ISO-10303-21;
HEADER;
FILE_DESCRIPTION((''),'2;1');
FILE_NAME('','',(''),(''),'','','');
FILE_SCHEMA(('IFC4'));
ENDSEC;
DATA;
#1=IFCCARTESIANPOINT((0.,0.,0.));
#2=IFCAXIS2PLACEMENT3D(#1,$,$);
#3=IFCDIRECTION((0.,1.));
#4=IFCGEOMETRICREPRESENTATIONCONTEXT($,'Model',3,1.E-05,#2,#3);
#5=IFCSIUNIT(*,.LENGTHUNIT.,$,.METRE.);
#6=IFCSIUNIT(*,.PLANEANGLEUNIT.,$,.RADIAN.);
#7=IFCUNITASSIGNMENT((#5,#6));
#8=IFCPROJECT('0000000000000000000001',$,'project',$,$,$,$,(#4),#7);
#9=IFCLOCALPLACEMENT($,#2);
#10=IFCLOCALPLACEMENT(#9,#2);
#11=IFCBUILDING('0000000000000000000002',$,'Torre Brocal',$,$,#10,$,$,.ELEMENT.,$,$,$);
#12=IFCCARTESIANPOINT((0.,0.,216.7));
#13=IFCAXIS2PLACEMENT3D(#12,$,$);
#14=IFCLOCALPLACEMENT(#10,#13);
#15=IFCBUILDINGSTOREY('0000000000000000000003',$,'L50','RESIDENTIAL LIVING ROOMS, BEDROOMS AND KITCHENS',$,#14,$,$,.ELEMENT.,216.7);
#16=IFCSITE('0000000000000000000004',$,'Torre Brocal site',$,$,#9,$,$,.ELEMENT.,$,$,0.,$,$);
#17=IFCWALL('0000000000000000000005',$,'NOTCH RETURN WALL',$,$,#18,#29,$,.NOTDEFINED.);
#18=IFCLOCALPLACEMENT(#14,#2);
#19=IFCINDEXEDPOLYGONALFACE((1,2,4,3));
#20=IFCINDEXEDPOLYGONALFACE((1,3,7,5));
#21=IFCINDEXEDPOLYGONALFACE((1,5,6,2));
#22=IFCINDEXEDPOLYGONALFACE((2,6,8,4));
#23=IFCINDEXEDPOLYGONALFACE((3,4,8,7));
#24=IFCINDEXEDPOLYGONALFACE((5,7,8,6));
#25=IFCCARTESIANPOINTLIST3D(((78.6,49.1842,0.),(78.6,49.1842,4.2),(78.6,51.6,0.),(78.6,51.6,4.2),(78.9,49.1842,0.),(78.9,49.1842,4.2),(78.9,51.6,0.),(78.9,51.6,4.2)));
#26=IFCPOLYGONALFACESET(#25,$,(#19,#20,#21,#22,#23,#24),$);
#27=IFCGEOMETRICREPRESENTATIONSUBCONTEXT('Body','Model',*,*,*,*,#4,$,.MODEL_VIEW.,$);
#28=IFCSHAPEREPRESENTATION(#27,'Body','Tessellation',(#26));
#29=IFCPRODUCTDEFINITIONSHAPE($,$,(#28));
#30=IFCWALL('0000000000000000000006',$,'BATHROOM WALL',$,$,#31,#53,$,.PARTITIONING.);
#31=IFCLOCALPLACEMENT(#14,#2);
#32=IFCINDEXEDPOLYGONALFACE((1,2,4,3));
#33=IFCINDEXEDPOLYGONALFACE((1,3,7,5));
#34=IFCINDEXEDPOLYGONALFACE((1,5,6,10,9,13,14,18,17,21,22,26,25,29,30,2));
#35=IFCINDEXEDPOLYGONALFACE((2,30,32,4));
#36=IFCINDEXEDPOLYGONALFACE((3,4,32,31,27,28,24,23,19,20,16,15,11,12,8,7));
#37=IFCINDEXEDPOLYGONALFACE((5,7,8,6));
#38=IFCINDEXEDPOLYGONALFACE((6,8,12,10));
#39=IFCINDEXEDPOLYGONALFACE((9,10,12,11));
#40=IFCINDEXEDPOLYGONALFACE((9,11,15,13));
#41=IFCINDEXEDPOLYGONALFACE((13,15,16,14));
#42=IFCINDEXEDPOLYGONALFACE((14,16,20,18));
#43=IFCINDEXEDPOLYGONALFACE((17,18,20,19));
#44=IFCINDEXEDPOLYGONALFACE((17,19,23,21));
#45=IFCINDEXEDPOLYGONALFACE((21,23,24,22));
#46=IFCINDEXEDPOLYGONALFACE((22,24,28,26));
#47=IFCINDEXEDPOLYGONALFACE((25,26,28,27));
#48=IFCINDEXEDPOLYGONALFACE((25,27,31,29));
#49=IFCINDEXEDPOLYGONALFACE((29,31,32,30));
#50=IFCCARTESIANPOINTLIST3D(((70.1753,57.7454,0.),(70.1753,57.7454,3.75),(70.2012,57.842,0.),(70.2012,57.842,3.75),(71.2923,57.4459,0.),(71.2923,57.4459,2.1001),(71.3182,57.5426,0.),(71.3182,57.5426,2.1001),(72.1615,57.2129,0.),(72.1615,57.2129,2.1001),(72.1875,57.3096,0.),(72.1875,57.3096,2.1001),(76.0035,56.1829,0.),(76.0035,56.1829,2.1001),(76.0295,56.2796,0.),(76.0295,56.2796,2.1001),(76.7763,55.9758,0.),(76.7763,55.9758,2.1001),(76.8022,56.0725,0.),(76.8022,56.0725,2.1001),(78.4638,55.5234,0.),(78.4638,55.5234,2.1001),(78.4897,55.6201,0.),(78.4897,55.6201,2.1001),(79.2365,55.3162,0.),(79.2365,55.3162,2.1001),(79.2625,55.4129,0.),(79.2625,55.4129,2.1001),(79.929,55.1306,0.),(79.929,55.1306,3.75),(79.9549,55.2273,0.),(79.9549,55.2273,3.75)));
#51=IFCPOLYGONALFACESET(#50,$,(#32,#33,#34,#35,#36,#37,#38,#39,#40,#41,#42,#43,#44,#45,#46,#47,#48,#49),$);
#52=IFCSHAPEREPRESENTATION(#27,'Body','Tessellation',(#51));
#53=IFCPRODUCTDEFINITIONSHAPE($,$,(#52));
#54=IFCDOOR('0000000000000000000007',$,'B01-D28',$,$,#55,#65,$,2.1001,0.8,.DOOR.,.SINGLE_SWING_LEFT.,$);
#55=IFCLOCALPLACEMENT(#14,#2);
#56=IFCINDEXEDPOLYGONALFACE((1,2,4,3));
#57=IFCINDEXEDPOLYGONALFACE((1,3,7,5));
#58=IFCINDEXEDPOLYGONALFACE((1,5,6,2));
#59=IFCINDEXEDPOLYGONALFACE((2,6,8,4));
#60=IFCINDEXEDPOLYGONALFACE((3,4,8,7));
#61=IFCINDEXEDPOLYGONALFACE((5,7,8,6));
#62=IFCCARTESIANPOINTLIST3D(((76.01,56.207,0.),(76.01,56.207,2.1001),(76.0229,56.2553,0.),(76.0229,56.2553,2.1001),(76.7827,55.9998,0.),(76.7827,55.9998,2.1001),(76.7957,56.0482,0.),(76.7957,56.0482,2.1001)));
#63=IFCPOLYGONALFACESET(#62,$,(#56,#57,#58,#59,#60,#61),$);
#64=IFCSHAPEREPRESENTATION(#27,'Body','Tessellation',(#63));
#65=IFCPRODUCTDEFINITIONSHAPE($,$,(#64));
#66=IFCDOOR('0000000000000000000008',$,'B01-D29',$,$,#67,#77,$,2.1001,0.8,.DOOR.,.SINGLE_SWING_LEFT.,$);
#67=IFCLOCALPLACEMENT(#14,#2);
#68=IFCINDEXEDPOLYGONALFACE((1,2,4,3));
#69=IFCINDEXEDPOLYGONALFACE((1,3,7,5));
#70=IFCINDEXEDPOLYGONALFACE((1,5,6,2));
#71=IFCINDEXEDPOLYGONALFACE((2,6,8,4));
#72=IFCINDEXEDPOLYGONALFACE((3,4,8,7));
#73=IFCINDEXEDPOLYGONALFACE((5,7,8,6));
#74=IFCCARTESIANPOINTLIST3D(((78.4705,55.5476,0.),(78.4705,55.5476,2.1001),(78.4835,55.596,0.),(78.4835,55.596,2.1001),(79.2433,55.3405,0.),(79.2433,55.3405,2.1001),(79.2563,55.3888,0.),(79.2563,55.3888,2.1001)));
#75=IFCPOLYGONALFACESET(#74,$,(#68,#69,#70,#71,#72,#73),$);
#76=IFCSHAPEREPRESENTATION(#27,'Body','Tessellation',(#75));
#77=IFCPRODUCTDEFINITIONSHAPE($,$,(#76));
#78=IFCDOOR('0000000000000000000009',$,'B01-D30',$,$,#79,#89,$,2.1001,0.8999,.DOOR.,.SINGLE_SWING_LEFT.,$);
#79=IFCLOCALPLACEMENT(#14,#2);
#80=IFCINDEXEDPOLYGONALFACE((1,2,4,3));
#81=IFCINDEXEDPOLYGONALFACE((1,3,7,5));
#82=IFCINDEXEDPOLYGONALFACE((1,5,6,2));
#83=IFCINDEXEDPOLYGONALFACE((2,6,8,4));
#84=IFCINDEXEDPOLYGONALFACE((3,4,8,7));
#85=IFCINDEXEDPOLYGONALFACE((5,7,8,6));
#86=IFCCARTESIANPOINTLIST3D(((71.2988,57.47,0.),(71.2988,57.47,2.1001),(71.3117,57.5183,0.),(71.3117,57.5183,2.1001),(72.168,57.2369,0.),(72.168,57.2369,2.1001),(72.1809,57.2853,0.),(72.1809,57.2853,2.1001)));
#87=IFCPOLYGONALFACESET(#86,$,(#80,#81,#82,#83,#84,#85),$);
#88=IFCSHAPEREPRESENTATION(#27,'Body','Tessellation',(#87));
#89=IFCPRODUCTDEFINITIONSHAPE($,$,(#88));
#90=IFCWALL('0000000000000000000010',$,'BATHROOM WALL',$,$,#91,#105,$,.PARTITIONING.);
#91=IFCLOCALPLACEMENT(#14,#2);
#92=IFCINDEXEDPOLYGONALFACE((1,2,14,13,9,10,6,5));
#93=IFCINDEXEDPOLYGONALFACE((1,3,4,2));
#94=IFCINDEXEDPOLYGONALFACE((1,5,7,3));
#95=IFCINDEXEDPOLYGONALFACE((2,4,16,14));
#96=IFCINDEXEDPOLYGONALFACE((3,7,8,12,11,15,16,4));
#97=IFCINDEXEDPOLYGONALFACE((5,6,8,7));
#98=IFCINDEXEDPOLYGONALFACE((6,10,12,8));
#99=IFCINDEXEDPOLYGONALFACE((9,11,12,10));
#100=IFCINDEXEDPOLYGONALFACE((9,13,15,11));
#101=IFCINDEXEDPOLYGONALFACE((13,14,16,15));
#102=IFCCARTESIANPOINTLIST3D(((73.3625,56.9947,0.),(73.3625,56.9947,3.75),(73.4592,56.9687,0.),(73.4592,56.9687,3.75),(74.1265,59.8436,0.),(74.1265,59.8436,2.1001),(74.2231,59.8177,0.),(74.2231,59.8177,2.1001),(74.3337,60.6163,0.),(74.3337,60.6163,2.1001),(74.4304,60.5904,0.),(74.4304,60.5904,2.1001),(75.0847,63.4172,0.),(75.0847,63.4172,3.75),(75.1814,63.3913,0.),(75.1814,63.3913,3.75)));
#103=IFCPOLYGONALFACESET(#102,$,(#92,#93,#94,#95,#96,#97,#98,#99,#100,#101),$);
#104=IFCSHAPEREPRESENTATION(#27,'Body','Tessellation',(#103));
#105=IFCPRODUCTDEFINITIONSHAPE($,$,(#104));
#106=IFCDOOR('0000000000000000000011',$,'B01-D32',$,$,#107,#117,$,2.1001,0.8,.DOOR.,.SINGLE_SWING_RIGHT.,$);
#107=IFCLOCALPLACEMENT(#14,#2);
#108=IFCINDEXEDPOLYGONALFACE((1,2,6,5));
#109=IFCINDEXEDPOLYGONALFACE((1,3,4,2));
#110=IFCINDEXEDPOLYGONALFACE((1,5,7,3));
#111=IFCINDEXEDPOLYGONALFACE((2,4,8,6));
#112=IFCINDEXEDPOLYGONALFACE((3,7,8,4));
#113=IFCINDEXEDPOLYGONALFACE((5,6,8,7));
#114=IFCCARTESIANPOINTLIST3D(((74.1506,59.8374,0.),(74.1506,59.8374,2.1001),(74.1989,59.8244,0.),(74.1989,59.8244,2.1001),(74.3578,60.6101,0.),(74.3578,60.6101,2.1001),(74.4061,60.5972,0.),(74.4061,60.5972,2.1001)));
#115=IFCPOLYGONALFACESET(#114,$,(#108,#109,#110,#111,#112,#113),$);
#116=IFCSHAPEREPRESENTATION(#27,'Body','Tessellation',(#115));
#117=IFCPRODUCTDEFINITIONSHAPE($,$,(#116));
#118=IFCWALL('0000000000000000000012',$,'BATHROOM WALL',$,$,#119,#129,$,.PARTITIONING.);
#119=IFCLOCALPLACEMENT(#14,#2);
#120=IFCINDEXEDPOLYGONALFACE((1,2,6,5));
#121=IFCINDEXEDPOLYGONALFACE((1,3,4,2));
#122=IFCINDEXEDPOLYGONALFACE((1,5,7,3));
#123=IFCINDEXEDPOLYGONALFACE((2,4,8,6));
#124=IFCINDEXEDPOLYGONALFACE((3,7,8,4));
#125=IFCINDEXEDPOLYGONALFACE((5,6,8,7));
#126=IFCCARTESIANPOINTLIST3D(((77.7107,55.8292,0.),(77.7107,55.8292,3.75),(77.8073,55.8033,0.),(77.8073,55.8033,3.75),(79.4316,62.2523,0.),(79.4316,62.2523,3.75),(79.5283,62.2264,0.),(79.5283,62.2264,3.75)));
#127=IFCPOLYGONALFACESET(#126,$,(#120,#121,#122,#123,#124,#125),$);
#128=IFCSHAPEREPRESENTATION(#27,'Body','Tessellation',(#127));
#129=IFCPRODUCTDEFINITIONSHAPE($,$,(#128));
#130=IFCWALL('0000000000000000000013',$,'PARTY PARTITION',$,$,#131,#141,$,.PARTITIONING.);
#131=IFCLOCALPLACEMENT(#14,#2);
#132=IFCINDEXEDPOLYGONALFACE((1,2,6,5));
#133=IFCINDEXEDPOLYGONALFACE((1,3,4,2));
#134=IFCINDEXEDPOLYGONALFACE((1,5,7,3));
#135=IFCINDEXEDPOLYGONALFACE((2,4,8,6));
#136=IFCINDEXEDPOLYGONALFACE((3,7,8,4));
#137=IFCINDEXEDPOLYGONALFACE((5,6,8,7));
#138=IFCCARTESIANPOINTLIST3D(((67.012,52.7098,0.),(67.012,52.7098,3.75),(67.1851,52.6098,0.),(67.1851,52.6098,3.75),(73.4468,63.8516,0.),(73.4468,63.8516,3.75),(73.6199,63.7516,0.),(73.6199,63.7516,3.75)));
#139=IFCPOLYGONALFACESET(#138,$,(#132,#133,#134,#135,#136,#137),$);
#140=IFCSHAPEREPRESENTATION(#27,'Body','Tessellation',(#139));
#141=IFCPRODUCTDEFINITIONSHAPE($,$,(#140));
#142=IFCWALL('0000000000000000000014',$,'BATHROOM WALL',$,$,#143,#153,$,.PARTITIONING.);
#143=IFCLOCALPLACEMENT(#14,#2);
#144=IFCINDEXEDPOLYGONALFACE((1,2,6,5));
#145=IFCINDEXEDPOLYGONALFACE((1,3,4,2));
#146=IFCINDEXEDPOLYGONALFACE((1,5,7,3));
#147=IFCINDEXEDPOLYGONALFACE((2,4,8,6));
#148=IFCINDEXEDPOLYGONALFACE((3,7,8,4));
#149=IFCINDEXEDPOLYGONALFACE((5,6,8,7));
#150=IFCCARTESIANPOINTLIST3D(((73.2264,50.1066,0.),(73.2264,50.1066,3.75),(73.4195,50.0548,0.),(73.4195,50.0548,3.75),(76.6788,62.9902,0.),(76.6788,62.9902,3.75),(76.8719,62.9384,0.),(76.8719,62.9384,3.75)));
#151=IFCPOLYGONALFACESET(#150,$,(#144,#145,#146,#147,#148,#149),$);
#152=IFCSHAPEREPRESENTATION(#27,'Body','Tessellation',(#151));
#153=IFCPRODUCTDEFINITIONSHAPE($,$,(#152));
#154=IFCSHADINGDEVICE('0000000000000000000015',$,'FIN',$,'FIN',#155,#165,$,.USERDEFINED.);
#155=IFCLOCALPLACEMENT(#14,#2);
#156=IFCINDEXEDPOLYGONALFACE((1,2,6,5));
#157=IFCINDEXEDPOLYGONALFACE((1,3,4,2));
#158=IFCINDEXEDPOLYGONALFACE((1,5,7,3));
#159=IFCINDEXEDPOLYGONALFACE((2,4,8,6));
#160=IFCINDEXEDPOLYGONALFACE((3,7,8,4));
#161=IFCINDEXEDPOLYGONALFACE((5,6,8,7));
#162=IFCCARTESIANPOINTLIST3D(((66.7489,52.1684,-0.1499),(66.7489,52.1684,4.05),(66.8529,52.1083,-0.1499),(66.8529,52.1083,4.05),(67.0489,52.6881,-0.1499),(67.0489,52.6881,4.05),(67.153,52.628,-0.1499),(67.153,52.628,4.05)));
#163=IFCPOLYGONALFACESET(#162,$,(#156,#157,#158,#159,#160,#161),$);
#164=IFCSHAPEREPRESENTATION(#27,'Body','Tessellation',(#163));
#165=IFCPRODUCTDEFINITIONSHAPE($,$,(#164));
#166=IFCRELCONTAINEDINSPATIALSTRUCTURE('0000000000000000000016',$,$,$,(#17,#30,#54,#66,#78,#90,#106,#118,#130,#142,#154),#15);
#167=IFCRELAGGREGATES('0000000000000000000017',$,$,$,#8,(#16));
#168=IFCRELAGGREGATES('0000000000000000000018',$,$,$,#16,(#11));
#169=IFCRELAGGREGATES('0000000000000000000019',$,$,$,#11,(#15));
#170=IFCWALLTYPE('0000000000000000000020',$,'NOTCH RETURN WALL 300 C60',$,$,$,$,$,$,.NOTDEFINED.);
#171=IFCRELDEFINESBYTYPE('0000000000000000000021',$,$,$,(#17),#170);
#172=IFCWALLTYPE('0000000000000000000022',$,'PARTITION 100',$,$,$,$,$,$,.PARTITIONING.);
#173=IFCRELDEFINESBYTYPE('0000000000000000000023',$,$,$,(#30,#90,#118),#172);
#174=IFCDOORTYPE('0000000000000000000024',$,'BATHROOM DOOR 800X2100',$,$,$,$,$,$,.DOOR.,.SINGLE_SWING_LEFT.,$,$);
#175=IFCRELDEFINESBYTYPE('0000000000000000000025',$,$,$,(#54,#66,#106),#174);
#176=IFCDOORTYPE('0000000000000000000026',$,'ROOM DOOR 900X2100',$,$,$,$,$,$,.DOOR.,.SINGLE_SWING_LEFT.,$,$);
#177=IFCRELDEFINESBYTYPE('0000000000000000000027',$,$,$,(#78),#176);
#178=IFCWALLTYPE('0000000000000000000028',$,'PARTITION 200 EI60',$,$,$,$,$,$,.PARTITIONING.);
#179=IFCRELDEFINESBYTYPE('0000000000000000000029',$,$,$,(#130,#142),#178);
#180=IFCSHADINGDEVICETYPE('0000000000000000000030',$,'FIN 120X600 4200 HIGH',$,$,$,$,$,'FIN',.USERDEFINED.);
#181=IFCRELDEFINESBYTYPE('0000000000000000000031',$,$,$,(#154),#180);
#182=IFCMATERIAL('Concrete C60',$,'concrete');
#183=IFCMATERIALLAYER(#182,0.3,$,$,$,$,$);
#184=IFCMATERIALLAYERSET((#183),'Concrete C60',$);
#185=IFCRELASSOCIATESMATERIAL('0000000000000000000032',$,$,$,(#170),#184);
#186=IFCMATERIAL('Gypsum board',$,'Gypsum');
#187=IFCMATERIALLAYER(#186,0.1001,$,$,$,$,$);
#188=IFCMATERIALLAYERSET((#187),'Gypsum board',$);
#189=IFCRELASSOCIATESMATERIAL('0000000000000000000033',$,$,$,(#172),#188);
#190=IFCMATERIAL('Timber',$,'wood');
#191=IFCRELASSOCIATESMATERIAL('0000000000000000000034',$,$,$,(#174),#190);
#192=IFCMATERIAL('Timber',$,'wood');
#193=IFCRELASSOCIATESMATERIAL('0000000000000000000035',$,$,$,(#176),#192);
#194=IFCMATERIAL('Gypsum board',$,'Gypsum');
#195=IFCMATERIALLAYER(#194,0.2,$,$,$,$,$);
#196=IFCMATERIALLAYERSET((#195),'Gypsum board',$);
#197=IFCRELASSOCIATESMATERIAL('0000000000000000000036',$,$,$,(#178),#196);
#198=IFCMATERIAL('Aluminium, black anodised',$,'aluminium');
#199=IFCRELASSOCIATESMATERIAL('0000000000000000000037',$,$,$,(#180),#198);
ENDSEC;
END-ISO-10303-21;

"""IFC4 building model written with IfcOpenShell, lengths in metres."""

from ifc_helpers import new_model, si_unit, direction, frame, frame_2d, origin, origin_2d, place, context, subcontext, project, spatial, rectangle, extrude, material, layer, layer_set, material_profile, profile_set, type_object, element, fill, save


model = new_model("IFC4")

# Units and contexts
model_context = context("Model", 3, precision=1e-05, world=origin(), true_north=direction((0.0, 1.0)))
body_context = subcontext(model_context, "Body", "Model", "MODEL_VIEW")
ifc_project = project(units=[si_unit("LENGTHUNIT", "METRE"), si_unit("PLANEANGLEUNIT", "RADIAN")], contexts=[model_context])

# Site, building, storey
site_placement = place(None, origin())
site = spatial("IfcSite", under=ifc_project, at=site_placement, Name="Torre Brocal site", CompositionType="ELEMENT", RefElevation=0.0)
building_placement = place(site_placement, origin())
building = spatial("IfcBuilding", under=site, at=building_placement, Name="Torre Brocal", CompositionType="ELEMENT")
storey_placement = place(building_placement, frame((0.0, 0.0, 216.7)))
storey = spatial("IfcBuildingStorey", under=building, at=storey_placement, Name="L50", Description="RESIDENTIAL LIVING ROOMS, BEDROOMS AND KITCHENS", CompositionType="ELEMENT", Elevation=216.7)

# Wall
ifc_material_1 = material(Name="Concrete C60", Category="concrete")
ifc_layer_1 = layer(ifc_material_1, 0.3)
ifc_layer_set_1 = layer_set([ifc_layer_1], Name="Concrete C60")
wall_type_1 = type_object("IfcWallType", Name="NOTCH RETURN WALL 300 C60", PredefinedType="NOTDEFINED", material=ifc_layer_set_1)
wall_1_placement = place(storey_placement, frame((78.75, 51.6001, 0.0), z_axis=(0.0, 0.0, 1.0), x_axis=(0.0, -1.0, 0.0)))
element("IfcWall", 1, at=wall_1_placement, inside=storey, type_object=wall_type_1, Name="NOTCH RETURN WALL", PredefinedType="NOTDEFINED", context=body_context, shape_type="SweptSolid", body=[
    extrude(rectangle(XDim=2.4158, YDim=0.3, at=frame_2d((1.208, 0.0))), origin(), (0.0, 0.0, 1.0), 4.2),
])

# Wall, openings, doors
ifc_material_2 = material(Name="Gypsum board", Category="Gypsum")
ifc_layer_2 = layer(ifc_material_2, 0.1001)
ifc_layer_set_2 = layer_set([ifc_layer_2], Name="Gypsum board")
wall_type_2 = type_object("IfcWallType", Name="PARTITION 100", PredefinedType="PARTITIONING", material=ifc_layer_set_2)
wall_2_placement = place(storey_placement, frame((70.1882, 57.7937, 0.0), z_axis=(0.0, 0.0, 1.0), x_axis=(0.965895, -0.258935, 0.0)))
wall_2 = element("IfcWall", 2, at=wall_2_placement, inside=storey, type_object=wall_type_2, Name="BATHROOM WALL", PredefinedType="PARTITIONING", context=body_context, shape_type="SweptSolid", body=[
    extrude(rectangle(XDim=10.0981, YDim=0.1001, at=frame_2d((5.0491, 0.0))), origin(), (0.0, 0.0, 1.0), 3.75),
])
opening_1_placement = place(wall_2_placement, frame((6.0342, 0.0, 0.0)))
opening_1 = element("IfcOpeningElement", 3, at=opening_1_placement, cuts=wall_2, PredefinedType="OPENING", context=body_context, shape_type="SweptSolid", body=[
    extrude(rectangle(XDim=0.8, YDim=2.1001, at=frame_2d((0.3999, 1.05))), frame((0.0, 0.0601, 0.0), z_axis=(0.0, -1.0, 0.0), x_axis=(1.0, 0.0, 0.0)), (0.0, 0.0, 1.0), 0.1201),
])
opening_2_placement = place(wall_2_placement, frame((8.5813, 0.0, 0.0)))
opening_2 = element("IfcOpeningElement", 4, at=opening_2_placement, cuts=wall_2, PredefinedType="OPENING", context=body_context, shape_type="SweptSolid", body=[
    extrude(rectangle(XDim=0.8, YDim=2.1001, at=frame_2d((0.3999, 1.05))), frame((0.0, 0.0601, 0.0), z_axis=(0.0, -1.0, 0.0), x_axis=(1.0, 0.0, 0.0)), (0.0, 0.0, 1.0), 0.1201),
])
opening_3_placement = place(wall_2_placement, frame((1.1565, 0.0, 0.0)))
opening_3 = element("IfcOpeningElement", 5, at=opening_3_placement, cuts=wall_2, PredefinedType="OPENING", context=body_context, shape_type="SweptSolid", body=[
    extrude(rectangle(XDim=0.8999, YDim=2.1001, at=frame_2d((0.45, 1.05))), frame((0.0, 0.0601, 0.0), z_axis=(0.0, -1.0, 0.0), x_axis=(1.0, 0.0, 0.0)), (0.0, 0.0, 1.0), 0.1201),
])
ifc_material_3 = material(Name="Timber", Category="wood")
door_type_1 = type_object("IfcDoorType", Name="BATHROOM DOOR 800X2100", OperationType="SINGLE_SWING_LEFT", PredefinedType="DOOR", material=ifc_material_3)
door_1_placement = place(opening_1_placement, origin())
door_1 = element("IfcDoor", 6, at=door_1_placement, inside=storey, type_object=door_type_1, Name="B01-D28", OperationType="SINGLE_SWING_LEFT", OverallHeight=2.1001, OverallWidth=0.8, PredefinedType="DOOR", context=body_context, shape_type="SweptSolid", body=[
    extrude(rectangle(XDim=0.8, YDim=2.1001, at=frame_2d((0.3999, 1.05))), frame((0.0, 0.0249, 0.0), z_axis=(0.0, -1.0, 0.0), x_axis=(1.0, 0.0, 0.0)), (0.0, 0.0, 1.0), 0.05),
])
fill(opening_1, door_1)
door_2_placement = place(opening_2_placement, frame((0.8, 0.0, 0.0), z_axis=(0.0, 0.0, 1.0), x_axis=(-1.0, 0.0, 0.0)))
door_2 = element("IfcDoor", 7, at=door_2_placement, inside=storey, type_object=door_type_1, Name="B01-D29", OperationType="SINGLE_SWING_LEFT", OverallHeight=2.1001, OverallWidth=0.8, PredefinedType="DOOR", context=body_context, shape_type="SweptSolid", body=[
    extrude(rectangle(XDim=0.8, YDim=2.1001, at=frame_2d((0.3999, 1.05))), frame((0.0, 0.0249, 0.0), z_axis=(0.0, -1.0, 0.0), x_axis=(1.0, 0.0, 0.0)), (0.0, 0.0, 1.0), 0.05),
])
fill(opening_2, door_2)
ifc_material_4 = material(Name="Timber", Category="wood")
door_type_2 = type_object("IfcDoorType", Name="ROOM DOOR 900X2100", OperationType="SINGLE_SWING_LEFT", PredefinedType="DOOR", material=ifc_material_4)
door_3_placement = place(opening_3_placement, origin())
door_3 = element("IfcDoor", 8, at=door_3_placement, inside=storey, type_object=door_type_2, Name="B01-D30", OperationType="SINGLE_SWING_LEFT", OverallHeight=2.1001, OverallWidth=0.8999, PredefinedType="DOOR", context=body_context, shape_type="SweptSolid", body=[
    extrude(rectangle(XDim=0.8999, YDim=2.1001, at=frame_2d((0.45, 1.05))), frame((0.0, 0.0249, 0.0), z_axis=(0.0, -1.0, 0.0), x_axis=(1.0, 0.0, 0.0)), (0.0, 0.0, 1.0), 0.05),
])
fill(opening_3, door_3)

# Wall, opening, door
wall_3_placement = place(storey_placement, frame((73.4109, 56.9817, 0.0), z_axis=(0.0, 0.0, 1.0), x_axis=(0.258992, 0.965879, 0.0)))
wall_3 = element("IfcWall", 9, at=wall_3_placement, inside=storey, type_object=wall_type_2, Name="BATHROOM WALL", PredefinedType="PARTITIONING", context=body_context, shape_type="SweptSolid", body=[
    extrude(rectangle(XDim=6.6494, YDim=0.1001, at=frame_2d((3.3247, 0.0))), origin(), (0.0, 0.0, 1.0), 3.75),
])
opening_4_placement = place(wall_3_placement, frame((2.9497, 0.0, 0.0)))
opening_4 = element("IfcOpeningElement", 10, at=opening_4_placement, cuts=wall_3, PredefinedType="OPENING", context=body_context, shape_type="SweptSolid", body=[
    extrude(rectangle(XDim=0.8, YDim=2.1001, at=frame_2d((0.3999, 1.05))), frame((0.0, 0.0601, 0.0), z_axis=(0.0, -1.0, 0.0), x_axis=(1.0, 0.0, 0.0)), (0.0, 0.0, 1.0), 0.1201),
])
door_4_placement = place(opening_4_placement, frame((0.8, 0.0, 0.0), z_axis=(0.0, 0.0, 1.0), x_axis=(-1.0, 0.0, 0.0)))
door_4 = element("IfcDoor", 11, at=door_4_placement, inside=storey, type_object=door_type_1, Name="B01-D32", OperationType="SINGLE_SWING_RIGHT", OverallHeight=2.1001, OverallWidth=0.8, PredefinedType="DOOR", context=body_context, shape_type="SweptSolid", body=[
    extrude(rectangle(XDim=0.8, YDim=2.1001, at=frame_2d((0.3999, 1.05))), frame((0.0, 0.0249, 0.0), z_axis=(0.0, -1.0, 0.0), x_axis=(1.0, 0.0, 0.0)), (0.0, 0.0, 1.0), 0.05),
])
fill(opening_4, door_4)

# Walls
wall_4_placement = place(storey_placement, frame((77.759, 55.8164, 0.0), z_axis=(0.0, 0.0, 1.0), x_axis=(0.258803, 0.96593, 0.0)))
element("IfcWall", 12, at=wall_4_placement, inside=storey, type_object=wall_type_2, Name="BATHROOM WALL", PredefinedType="PARTITIONING", context=body_context, shape_type="SweptSolid", body=[
    extrude(rectangle(XDim=6.6497, YDim=0.1001, at=frame_2d((3.3247, 0.0))), origin(), (0.0, 0.0, 1.0), 3.75),
])
ifc_material_5 = material(Name="Gypsum board", Category="Gypsum")
ifc_layer_3 = layer(ifc_material_5, 0.2)
ifc_layer_set_3 = layer_set([ifc_layer_3], Name="Gypsum board")
wall_type_3 = type_object("IfcWallType", Name="PARTITION 200 EI60", PredefinedType="PARTITIONING", material=ifc_layer_set_3)
wall_5_placement = place(storey_placement, frame((67.0986, 52.6599, 0.0), z_axis=(0.0, 0.0, 1.0), x_axis=(0.50012, 0.865956, 0.0)))
element("IfcWall", 13, at=wall_5_placement, inside=storey, type_object=wall_type_3, Name="PARTY PARTITION", PredefinedType="PARTITIONING", context=body_context, shape_type="SweptSolid", body=[
    extrude(rectangle(XDim=12.8665, YDim=0.2, at=frame_2d((6.4331, 0.0))), origin(), (0.0, 0.0, 1.0), 3.75),
])
wall_6_placement = place(storey_placement, frame((73.323, 50.0808, 0.0), z_axis=(0.0, 0.0, 1.0), x_axis=(0.258837, 0.965921, 0.0)))
element("IfcWall", 14, at=wall_6_placement, inside=storey, type_object=wall_type_3, Name="BATHROOM WALL", PredefinedType="PARTITIONING", context=body_context, shape_type="SweptSolid", body=[
    extrude(rectangle(XDim=13.3381, YDim=0.2, at=frame_2d((6.6689, 0.0))), origin(), (0.0, 0.0, 1.0), 3.75),
])

# Shading device
ifc_material_6 = material(Name="Aluminium, black anodised", Category="aluminium")
ifc_material_profile_1 = material_profile(ifc_material_6, rectangle(XDim=0.1201, YDim=0.6001, at=origin_2d()), Name="FIN 120X600 4200 HIGH")
ifc_profile_set_1 = profile_set([ifc_material_profile_1], Name="Aluminium, black anodised")
shading_device_type = type_object("IfcShadingDeviceType", Name="FIN 120X600 4200 HIGH", ElementType="FIN", PredefinedType="USERDEFINED", material=ifc_profile_set_1)
for number, where, z_axis, x_axis, name in (
    (15, (66.9509, 52.3982, -0.1499), (0.0, 0.0, 1.0), (0.866025, -0.5, 0.0), "FIN"),
):
    element("IfcShadingDevice", number, at=place(storey_placement, frame(where, z_axis=z_axis, x_axis=x_axis)), inside=storey, type_object=shading_device_type, Name=name, ObjectType="FIN", PredefinedType="USERDEFINED", context=body_context, shape_type="SweptSolid", body=[
        extrude(rectangle(XDim=0.1201, YDim=0.6001, at=origin_2d()), origin(), (0.0, 0.0, 1.0), 4.2),
    ])

save(model, "model.ifc")
